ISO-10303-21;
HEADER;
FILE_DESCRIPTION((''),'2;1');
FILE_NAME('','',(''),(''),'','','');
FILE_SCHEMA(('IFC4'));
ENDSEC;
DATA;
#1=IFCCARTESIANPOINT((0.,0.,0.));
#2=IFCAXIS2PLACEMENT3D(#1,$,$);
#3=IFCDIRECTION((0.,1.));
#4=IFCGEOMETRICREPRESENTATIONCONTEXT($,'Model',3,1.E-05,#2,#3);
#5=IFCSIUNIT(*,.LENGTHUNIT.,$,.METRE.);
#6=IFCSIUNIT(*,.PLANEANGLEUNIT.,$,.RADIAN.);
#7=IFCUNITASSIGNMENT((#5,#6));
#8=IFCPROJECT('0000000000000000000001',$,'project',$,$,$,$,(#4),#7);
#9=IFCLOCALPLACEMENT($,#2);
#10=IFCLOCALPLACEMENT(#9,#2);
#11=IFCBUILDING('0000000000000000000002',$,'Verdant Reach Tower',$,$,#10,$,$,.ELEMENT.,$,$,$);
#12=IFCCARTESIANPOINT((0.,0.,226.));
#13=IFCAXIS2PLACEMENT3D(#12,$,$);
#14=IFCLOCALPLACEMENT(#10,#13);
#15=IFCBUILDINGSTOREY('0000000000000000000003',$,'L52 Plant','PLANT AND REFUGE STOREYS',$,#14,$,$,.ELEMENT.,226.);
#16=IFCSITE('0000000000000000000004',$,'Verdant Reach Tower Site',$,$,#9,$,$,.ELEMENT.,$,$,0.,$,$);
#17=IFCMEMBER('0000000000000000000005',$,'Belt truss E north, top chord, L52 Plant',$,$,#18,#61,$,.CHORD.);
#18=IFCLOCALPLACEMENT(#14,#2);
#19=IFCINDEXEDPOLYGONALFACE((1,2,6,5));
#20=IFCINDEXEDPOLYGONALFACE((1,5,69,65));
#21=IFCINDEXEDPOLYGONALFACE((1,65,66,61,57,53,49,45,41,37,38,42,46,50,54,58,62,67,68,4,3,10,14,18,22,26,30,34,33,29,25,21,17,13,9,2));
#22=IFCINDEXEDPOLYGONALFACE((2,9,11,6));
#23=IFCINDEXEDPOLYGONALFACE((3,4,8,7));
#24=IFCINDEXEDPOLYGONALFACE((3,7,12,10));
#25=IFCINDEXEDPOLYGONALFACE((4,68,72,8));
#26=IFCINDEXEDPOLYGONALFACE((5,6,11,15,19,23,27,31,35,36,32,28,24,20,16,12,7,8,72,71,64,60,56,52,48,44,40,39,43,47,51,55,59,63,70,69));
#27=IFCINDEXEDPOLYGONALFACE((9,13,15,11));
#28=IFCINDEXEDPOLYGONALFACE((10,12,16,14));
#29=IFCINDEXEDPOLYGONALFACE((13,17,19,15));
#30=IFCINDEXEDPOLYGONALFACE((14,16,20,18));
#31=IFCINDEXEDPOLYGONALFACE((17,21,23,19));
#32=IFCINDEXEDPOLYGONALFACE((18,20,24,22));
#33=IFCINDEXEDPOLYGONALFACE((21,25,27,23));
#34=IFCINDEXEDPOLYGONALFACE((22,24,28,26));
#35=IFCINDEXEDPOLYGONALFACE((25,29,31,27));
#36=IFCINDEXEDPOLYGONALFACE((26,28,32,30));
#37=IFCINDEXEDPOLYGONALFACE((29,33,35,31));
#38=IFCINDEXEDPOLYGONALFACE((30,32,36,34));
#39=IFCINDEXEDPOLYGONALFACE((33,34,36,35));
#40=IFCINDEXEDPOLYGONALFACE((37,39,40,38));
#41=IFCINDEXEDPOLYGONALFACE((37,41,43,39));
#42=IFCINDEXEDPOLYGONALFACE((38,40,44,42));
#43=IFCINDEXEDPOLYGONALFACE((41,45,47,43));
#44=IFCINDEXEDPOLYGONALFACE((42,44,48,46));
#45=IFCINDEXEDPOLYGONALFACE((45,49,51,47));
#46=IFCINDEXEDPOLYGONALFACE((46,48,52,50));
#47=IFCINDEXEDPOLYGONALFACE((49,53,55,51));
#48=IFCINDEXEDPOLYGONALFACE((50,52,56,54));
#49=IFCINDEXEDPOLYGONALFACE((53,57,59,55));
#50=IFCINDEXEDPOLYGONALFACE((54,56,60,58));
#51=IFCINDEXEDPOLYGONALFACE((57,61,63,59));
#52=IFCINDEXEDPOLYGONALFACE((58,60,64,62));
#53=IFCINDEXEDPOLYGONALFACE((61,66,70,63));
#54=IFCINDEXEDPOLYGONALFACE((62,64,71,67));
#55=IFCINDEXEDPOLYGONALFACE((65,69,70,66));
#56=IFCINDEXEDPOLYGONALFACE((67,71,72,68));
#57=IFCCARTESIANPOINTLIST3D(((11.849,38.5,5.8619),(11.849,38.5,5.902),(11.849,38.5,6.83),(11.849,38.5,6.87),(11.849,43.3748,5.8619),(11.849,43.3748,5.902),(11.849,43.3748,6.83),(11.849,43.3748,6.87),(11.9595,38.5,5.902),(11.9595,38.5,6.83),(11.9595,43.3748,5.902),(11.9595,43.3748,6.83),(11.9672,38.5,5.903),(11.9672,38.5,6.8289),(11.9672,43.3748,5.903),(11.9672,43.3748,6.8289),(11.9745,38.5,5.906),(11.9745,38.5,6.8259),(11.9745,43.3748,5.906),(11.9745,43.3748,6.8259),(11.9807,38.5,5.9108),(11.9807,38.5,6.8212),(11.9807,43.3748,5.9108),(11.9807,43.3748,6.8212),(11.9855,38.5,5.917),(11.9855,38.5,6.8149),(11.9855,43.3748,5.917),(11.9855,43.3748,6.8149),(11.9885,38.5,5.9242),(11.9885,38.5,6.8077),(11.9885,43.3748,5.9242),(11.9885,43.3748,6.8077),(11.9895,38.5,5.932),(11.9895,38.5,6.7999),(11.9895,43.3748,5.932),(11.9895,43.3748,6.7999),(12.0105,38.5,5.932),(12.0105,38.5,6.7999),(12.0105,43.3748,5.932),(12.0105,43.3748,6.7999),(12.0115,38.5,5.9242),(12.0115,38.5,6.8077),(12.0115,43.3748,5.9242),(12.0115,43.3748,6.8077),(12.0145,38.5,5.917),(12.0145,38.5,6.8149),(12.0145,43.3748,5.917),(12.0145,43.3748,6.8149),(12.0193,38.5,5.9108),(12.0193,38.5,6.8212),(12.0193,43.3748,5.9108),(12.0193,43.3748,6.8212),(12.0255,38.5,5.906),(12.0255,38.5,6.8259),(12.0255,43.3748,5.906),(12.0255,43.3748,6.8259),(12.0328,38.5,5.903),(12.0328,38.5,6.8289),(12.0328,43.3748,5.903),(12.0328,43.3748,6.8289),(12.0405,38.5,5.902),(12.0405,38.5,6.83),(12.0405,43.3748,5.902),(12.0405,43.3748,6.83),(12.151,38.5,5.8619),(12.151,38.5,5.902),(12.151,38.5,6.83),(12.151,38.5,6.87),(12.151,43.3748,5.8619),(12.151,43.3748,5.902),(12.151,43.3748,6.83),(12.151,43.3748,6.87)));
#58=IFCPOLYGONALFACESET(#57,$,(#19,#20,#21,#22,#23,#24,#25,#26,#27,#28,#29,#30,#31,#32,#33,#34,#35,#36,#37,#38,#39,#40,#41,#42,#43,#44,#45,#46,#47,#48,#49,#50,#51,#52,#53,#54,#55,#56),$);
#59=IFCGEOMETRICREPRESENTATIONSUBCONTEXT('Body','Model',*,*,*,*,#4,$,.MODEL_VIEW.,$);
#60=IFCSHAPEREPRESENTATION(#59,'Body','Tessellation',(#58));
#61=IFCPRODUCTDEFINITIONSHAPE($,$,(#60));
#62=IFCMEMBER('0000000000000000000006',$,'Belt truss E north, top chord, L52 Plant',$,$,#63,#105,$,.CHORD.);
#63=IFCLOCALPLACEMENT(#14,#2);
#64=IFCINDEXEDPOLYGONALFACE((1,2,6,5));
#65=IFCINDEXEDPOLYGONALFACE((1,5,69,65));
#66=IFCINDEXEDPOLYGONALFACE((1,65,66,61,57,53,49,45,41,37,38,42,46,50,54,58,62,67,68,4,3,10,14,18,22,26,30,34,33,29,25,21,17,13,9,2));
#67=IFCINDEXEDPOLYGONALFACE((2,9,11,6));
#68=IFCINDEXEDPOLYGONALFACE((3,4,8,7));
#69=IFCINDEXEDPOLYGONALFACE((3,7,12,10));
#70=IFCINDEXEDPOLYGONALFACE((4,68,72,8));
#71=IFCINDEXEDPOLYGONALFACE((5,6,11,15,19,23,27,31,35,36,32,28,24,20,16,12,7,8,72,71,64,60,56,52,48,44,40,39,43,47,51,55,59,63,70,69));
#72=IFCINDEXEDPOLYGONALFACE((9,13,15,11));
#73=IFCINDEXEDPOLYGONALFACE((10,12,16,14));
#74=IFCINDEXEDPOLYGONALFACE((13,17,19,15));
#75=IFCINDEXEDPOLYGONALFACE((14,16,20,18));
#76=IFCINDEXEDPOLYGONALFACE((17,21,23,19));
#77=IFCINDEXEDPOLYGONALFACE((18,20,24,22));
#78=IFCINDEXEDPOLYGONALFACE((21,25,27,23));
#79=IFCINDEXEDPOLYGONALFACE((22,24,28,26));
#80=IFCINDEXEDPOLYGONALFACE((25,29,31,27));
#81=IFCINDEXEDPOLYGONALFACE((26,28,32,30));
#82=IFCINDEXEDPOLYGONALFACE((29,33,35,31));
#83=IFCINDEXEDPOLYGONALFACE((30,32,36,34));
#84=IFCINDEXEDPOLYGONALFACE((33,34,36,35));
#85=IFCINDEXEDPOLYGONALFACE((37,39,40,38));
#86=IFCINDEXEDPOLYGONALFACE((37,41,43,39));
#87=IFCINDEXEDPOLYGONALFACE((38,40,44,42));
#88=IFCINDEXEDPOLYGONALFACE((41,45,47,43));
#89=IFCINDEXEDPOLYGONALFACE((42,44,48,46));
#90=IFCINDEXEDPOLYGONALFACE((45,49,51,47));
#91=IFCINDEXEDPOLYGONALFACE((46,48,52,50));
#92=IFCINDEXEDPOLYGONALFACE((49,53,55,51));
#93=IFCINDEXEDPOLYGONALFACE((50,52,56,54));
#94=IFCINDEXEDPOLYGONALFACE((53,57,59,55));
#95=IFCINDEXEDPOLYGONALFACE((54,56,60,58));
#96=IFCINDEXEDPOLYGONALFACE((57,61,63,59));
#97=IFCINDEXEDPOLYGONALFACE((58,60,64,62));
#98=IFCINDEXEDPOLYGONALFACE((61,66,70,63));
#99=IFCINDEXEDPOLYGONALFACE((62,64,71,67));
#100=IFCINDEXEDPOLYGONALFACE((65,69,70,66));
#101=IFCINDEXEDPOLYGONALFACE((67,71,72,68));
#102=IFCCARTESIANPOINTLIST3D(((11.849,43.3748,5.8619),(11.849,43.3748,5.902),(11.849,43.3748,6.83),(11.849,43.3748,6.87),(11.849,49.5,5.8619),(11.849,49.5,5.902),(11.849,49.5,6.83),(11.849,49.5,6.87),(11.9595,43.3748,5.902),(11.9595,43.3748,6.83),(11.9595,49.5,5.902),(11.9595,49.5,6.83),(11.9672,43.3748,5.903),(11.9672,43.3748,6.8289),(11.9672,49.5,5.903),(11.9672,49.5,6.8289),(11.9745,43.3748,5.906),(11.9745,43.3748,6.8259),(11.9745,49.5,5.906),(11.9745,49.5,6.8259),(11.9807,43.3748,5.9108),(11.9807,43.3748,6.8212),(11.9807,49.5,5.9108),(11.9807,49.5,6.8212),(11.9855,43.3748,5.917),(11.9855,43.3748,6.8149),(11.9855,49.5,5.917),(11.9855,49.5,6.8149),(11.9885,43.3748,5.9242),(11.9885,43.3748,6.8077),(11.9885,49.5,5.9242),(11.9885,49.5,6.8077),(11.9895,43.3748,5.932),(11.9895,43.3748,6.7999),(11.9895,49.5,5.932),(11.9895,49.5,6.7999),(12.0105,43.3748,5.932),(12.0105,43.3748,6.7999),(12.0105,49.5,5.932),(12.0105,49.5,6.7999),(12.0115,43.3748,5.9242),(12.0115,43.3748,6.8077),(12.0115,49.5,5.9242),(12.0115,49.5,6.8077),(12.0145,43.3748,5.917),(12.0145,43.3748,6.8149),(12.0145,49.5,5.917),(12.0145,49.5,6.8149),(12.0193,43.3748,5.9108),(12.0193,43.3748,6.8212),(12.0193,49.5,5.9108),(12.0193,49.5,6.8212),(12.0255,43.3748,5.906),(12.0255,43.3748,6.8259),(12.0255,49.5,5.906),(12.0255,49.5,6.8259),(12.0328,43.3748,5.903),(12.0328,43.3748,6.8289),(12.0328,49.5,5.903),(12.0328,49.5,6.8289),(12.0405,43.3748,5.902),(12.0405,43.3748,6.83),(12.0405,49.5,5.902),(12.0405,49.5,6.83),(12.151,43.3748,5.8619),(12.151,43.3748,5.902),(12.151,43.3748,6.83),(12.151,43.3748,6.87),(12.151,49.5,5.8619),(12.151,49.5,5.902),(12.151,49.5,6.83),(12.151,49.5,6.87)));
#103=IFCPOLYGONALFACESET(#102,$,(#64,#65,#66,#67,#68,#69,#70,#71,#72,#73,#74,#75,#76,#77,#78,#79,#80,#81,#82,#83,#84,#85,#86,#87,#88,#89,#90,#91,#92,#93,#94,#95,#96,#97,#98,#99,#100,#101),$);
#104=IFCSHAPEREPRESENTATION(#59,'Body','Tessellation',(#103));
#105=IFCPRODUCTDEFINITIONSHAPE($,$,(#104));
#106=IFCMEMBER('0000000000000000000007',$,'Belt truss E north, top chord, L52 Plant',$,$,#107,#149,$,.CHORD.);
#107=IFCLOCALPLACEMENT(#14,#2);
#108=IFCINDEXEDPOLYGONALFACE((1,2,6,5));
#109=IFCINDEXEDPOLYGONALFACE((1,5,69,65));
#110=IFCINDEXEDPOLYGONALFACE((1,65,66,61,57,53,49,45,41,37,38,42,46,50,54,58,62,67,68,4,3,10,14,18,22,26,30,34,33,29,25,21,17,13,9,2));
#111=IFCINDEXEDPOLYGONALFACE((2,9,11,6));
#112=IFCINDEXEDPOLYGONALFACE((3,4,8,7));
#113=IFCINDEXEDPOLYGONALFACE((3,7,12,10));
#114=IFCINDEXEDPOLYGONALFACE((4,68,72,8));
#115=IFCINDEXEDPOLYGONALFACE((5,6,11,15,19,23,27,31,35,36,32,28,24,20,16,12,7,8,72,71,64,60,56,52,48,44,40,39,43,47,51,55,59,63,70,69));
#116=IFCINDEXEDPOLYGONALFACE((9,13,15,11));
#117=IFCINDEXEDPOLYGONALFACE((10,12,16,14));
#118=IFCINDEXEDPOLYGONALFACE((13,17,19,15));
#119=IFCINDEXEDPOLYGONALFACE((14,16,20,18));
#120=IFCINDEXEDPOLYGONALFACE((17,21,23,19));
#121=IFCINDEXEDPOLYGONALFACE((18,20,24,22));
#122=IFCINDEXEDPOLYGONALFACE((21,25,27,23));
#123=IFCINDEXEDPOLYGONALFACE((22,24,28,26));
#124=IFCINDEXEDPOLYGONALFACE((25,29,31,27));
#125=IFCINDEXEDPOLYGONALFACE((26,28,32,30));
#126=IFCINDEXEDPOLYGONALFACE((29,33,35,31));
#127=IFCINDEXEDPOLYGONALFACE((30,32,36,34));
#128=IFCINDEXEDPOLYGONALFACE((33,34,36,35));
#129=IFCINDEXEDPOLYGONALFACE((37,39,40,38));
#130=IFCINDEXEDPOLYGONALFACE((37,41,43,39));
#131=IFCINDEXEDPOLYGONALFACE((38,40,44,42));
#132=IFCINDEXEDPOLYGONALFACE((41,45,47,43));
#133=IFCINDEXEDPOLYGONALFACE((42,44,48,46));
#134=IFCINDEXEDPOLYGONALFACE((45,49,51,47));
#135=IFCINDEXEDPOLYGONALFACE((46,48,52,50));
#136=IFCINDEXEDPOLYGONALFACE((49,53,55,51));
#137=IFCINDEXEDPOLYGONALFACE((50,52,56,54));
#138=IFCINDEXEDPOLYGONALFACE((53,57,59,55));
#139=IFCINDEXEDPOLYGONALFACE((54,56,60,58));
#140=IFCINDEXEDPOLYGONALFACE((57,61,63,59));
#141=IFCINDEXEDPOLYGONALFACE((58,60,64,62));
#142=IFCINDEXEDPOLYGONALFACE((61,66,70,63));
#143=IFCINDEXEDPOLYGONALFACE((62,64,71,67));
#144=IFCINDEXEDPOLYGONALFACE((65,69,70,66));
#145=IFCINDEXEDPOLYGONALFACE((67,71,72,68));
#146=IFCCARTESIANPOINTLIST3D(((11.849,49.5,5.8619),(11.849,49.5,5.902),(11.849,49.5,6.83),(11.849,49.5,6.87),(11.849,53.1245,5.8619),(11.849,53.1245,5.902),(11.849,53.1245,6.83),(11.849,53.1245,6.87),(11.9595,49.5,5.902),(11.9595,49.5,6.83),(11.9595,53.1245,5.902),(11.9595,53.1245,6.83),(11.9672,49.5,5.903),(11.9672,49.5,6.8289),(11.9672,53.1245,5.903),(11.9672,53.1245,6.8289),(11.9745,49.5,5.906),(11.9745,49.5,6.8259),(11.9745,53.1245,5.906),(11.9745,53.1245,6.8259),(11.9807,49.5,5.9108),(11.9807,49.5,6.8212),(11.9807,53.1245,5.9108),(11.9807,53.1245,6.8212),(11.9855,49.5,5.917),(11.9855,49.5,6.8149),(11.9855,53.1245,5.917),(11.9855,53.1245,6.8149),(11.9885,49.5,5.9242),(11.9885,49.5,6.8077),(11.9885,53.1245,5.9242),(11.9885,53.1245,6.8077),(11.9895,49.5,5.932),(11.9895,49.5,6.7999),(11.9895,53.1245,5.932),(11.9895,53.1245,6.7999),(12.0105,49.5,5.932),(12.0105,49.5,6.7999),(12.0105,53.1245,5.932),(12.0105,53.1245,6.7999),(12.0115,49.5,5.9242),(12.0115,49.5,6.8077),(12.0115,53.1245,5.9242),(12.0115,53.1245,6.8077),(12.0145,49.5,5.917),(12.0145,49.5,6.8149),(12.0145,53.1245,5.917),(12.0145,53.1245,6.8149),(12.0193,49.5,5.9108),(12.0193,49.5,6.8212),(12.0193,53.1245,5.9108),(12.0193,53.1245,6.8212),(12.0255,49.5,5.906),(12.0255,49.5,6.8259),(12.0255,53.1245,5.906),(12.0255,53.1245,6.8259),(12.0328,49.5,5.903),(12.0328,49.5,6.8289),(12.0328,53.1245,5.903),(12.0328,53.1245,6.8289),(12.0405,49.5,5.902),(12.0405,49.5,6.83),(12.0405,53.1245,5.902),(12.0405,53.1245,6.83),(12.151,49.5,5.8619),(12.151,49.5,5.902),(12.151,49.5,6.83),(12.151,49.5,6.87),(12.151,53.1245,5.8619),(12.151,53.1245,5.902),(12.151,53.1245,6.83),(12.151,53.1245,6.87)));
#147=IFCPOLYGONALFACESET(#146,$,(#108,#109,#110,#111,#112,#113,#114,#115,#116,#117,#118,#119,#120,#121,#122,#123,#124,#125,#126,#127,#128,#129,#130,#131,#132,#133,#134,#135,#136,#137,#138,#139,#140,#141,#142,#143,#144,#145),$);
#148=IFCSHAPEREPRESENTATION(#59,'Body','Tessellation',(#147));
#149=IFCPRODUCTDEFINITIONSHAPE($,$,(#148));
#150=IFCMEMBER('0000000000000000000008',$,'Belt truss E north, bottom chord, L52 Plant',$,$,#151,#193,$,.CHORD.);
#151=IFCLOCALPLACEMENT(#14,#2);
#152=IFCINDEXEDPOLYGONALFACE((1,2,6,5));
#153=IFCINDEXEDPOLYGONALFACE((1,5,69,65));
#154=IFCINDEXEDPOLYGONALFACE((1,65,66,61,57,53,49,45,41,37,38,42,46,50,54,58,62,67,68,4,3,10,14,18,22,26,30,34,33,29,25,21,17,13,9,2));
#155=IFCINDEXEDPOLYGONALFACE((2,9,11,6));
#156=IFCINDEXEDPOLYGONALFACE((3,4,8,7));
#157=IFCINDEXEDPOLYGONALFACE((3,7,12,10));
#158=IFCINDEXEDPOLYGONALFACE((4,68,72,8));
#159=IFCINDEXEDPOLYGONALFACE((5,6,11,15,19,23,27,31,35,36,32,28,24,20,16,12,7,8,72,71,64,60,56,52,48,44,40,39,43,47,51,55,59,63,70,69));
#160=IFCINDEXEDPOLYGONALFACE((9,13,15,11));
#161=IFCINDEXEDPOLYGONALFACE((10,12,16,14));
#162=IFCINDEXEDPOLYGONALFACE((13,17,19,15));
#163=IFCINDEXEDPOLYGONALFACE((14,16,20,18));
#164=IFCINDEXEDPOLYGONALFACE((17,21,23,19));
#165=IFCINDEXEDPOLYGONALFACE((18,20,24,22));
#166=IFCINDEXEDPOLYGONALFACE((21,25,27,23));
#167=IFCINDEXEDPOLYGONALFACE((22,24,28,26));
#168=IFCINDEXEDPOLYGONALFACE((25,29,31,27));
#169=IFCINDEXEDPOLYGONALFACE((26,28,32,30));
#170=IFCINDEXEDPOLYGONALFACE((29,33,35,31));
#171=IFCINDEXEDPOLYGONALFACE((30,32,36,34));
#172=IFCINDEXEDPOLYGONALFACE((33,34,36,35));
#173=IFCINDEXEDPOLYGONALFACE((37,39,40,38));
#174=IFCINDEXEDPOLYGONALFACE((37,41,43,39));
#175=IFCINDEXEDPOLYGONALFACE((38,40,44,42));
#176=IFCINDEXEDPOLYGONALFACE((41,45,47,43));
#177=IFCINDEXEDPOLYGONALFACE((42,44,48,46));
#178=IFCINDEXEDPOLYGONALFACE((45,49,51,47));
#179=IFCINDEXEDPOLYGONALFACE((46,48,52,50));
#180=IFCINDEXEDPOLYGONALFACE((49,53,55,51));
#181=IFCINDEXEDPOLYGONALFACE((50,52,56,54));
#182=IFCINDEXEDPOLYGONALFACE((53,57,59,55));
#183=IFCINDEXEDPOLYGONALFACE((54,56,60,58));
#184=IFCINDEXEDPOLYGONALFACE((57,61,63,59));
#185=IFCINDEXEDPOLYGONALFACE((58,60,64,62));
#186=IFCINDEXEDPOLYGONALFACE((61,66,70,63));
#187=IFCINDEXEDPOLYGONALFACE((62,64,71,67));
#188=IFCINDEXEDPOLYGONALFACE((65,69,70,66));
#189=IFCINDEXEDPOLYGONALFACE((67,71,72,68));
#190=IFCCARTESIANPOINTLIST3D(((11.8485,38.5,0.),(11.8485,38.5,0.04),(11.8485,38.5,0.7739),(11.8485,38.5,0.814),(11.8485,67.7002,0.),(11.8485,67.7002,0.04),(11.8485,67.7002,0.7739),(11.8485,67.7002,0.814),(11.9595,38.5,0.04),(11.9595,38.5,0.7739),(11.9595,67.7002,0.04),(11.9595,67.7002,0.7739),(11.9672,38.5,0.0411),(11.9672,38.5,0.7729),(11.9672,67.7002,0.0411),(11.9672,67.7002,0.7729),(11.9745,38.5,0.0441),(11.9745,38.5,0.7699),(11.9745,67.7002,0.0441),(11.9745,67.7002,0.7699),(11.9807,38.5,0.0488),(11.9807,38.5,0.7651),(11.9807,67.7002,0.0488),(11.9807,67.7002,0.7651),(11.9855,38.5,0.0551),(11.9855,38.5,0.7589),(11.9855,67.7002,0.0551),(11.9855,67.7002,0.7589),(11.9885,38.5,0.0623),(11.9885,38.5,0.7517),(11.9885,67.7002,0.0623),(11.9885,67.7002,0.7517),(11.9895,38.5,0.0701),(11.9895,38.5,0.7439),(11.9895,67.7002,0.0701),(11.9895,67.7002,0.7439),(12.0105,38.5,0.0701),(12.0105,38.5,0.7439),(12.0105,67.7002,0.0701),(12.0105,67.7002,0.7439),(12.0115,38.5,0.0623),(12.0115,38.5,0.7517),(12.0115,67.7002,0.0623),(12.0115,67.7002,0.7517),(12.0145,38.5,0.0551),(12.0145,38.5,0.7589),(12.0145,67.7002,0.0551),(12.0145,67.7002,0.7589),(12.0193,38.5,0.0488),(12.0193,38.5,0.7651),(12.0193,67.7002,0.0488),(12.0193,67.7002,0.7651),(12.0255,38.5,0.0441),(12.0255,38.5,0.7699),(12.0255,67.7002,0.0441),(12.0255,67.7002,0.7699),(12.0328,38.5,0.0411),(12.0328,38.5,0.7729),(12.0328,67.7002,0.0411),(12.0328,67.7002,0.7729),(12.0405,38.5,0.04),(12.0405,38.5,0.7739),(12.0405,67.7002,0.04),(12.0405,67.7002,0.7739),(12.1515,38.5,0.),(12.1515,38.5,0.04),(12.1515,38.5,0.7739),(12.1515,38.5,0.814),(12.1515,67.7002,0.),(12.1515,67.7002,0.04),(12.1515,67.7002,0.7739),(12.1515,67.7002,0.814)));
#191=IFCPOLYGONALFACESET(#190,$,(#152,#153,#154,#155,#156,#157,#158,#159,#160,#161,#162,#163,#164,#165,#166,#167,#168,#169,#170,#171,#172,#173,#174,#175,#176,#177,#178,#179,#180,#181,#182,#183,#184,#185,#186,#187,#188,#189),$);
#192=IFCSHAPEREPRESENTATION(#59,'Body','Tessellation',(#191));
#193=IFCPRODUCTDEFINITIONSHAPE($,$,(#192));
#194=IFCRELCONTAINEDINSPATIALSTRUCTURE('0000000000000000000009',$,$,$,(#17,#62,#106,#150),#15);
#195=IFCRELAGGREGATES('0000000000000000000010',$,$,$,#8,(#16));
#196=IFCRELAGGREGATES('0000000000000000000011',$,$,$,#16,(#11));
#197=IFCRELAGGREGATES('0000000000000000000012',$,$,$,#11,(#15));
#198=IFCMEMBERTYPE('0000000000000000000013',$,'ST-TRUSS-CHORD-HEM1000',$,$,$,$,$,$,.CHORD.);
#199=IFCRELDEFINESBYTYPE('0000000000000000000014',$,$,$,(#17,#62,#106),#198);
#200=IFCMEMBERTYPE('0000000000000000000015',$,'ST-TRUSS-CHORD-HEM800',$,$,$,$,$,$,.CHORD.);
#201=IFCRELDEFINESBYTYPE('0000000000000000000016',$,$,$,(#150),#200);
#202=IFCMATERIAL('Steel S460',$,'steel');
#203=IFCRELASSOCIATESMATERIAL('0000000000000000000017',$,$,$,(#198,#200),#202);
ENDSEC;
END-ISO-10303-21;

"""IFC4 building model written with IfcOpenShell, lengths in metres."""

from ifc_helpers import new_model, si_unit, direction, frame, origin, origin_2d, place, context, subcontext, project, spatial, i_section, extrude, material, material_profile, profile_set, type_object, element, save


model = new_model("IFC4")

# Units and contexts
model_context = context("Model", 3, precision=1e-05, world=origin(), true_north=direction((0.0, 1.0)))
body_context = subcontext(model_context, "Body", "Model", "MODEL_VIEW")
ifc_project = project(units=[si_unit("LENGTHUNIT", "METRE"), si_unit("PLANEANGLEUNIT", "RADIAN")], contexts=[model_context])

# Site, building, storey
site_placement = place(None, origin())
site = spatial("IfcSite", under=ifc_project, at=site_placement, Name="Verdant Reach Tower Site", CompositionType="ELEMENT", RefElevation=0.0)
building_placement = place(site_placement, origin())
building = spatial("IfcBuilding", under=site, at=building_placement, Name="Verdant Reach Tower", CompositionType="ELEMENT")
storey_placement = place(building_placement, frame((0.0, 0.0, 226.0)))
storey = spatial("IfcBuildingStorey", under=building, at=storey_placement, Name="L52 Plant", Description="PLANT AND REFUGE STOREYS", CompositionType="ELEMENT", Elevation=226.0)

# Shared definitions
ifc_material_1 = material(Name="Steel S460", Category="steel")

# Members
ifc_material_profile_1 = material_profile(ifc_material_1, i_section(OverallWidth=0.302, OverallDepth=1.0081, WebThickness=0.021, FlangeThickness=0.04, FilletRadius=0.03, at=origin_2d()), Name="HEM 1000")
ifc_profile_set_1 = profile_set([ifc_material_profile_1], Name="Steel S460")
member_type_1 = type_object("IfcMemberType", Name="ST-TRUSS-CHORD-HEM1000", PredefinedType="CHORD", material=ifc_profile_set_1)
member_1_placement = place(storey_placement, frame((12.0, 38.5, 6.366), z_axis=(0.0, 1.0, 0.0), x_axis=(-1.0, 0.0, 0.0)))
element("IfcMember", 1, at=member_1_placement, inside=storey, type_object=member_type_1, Name="Belt truss E north, top chord, L52 Plant", PredefinedType="CHORD", context=body_context, shape_type="SweptSolid", body=[
    extrude(i_section(OverallWidth=0.302, OverallDepth=1.0081, WebThickness=0.021, FlangeThickness=0.04, FilletRadius=0.03, at=origin_2d()), origin(), (0.0, 0.0, 1.0), 4.8748),
])
member_2_placement = place(storey_placement, frame((12.0, 43.3748, 6.366), z_axis=(0.0, 1.0, 0.0), x_axis=(-1.0, 0.0, 0.0)))
element("IfcMember", 2, at=member_2_placement, inside=storey, type_object=member_type_1, Name="Belt truss E north, top chord, L52 Plant", PredefinedType="CHORD", context=body_context, shape_type="SweptSolid", body=[
    extrude(i_section(OverallWidth=0.302, OverallDepth=1.0081, WebThickness=0.021, FlangeThickness=0.04, FilletRadius=0.03, at=origin_2d()), origin(), (0.0, 0.0, 1.0), 6.1252),
])
member_3_placement = place(storey_placement, frame((12.0, 49.5, 6.366), z_axis=(0.0, 1.0, 0.0), x_axis=(-1.0, 0.0, 0.0)))
element("IfcMember", 3, at=member_3_placement, inside=storey, type_object=member_type_1, Name="Belt truss E north, top chord, L52 Plant", PredefinedType="CHORD", context=body_context, shape_type="SweptSolid", body=[
    extrude(i_section(OverallWidth=0.302, OverallDepth=1.0081, WebThickness=0.021, FlangeThickness=0.04, FilletRadius=0.03, at=origin_2d()), origin(), (0.0, 0.0, 1.0), 3.6245),
])
ifc_material_profile_2 = material_profile(ifc_material_1, i_section(OverallWidth=0.303, OverallDepth=0.814, WebThickness=0.021, FlangeThickness=0.04, FilletRadius=0.03, at=origin_2d()), Name="HEM 800")
ifc_profile_set_2 = profile_set([ifc_material_profile_2], Name="Steel S460")
member_type_2 = type_object("IfcMemberType", Name="ST-TRUSS-CHORD-HEM800", PredefinedType="CHORD", material=ifc_profile_set_2)
member_4_placement = place(storey_placement, frame((12.0, 38.5, 0.407), z_axis=(0.0, 1.0, 0.0), x_axis=(-1.0, 0.0, 0.0)))
element("IfcMember", 4, at=member_4_placement, inside=storey, type_object=member_type_2, Name="Belt truss E north, bottom chord, L52 Plant", PredefinedType="CHORD", context=body_context, shape_type="SweptSolid", body=[
    extrude(i_section(OverallWidth=0.303, OverallDepth=0.814, WebThickness=0.021, FlangeThickness=0.04, FilletRadius=0.03, at=origin_2d()), origin(), (0.0, 0.0, 1.0), 29.2002),
])

save(model, "model.ifc")
